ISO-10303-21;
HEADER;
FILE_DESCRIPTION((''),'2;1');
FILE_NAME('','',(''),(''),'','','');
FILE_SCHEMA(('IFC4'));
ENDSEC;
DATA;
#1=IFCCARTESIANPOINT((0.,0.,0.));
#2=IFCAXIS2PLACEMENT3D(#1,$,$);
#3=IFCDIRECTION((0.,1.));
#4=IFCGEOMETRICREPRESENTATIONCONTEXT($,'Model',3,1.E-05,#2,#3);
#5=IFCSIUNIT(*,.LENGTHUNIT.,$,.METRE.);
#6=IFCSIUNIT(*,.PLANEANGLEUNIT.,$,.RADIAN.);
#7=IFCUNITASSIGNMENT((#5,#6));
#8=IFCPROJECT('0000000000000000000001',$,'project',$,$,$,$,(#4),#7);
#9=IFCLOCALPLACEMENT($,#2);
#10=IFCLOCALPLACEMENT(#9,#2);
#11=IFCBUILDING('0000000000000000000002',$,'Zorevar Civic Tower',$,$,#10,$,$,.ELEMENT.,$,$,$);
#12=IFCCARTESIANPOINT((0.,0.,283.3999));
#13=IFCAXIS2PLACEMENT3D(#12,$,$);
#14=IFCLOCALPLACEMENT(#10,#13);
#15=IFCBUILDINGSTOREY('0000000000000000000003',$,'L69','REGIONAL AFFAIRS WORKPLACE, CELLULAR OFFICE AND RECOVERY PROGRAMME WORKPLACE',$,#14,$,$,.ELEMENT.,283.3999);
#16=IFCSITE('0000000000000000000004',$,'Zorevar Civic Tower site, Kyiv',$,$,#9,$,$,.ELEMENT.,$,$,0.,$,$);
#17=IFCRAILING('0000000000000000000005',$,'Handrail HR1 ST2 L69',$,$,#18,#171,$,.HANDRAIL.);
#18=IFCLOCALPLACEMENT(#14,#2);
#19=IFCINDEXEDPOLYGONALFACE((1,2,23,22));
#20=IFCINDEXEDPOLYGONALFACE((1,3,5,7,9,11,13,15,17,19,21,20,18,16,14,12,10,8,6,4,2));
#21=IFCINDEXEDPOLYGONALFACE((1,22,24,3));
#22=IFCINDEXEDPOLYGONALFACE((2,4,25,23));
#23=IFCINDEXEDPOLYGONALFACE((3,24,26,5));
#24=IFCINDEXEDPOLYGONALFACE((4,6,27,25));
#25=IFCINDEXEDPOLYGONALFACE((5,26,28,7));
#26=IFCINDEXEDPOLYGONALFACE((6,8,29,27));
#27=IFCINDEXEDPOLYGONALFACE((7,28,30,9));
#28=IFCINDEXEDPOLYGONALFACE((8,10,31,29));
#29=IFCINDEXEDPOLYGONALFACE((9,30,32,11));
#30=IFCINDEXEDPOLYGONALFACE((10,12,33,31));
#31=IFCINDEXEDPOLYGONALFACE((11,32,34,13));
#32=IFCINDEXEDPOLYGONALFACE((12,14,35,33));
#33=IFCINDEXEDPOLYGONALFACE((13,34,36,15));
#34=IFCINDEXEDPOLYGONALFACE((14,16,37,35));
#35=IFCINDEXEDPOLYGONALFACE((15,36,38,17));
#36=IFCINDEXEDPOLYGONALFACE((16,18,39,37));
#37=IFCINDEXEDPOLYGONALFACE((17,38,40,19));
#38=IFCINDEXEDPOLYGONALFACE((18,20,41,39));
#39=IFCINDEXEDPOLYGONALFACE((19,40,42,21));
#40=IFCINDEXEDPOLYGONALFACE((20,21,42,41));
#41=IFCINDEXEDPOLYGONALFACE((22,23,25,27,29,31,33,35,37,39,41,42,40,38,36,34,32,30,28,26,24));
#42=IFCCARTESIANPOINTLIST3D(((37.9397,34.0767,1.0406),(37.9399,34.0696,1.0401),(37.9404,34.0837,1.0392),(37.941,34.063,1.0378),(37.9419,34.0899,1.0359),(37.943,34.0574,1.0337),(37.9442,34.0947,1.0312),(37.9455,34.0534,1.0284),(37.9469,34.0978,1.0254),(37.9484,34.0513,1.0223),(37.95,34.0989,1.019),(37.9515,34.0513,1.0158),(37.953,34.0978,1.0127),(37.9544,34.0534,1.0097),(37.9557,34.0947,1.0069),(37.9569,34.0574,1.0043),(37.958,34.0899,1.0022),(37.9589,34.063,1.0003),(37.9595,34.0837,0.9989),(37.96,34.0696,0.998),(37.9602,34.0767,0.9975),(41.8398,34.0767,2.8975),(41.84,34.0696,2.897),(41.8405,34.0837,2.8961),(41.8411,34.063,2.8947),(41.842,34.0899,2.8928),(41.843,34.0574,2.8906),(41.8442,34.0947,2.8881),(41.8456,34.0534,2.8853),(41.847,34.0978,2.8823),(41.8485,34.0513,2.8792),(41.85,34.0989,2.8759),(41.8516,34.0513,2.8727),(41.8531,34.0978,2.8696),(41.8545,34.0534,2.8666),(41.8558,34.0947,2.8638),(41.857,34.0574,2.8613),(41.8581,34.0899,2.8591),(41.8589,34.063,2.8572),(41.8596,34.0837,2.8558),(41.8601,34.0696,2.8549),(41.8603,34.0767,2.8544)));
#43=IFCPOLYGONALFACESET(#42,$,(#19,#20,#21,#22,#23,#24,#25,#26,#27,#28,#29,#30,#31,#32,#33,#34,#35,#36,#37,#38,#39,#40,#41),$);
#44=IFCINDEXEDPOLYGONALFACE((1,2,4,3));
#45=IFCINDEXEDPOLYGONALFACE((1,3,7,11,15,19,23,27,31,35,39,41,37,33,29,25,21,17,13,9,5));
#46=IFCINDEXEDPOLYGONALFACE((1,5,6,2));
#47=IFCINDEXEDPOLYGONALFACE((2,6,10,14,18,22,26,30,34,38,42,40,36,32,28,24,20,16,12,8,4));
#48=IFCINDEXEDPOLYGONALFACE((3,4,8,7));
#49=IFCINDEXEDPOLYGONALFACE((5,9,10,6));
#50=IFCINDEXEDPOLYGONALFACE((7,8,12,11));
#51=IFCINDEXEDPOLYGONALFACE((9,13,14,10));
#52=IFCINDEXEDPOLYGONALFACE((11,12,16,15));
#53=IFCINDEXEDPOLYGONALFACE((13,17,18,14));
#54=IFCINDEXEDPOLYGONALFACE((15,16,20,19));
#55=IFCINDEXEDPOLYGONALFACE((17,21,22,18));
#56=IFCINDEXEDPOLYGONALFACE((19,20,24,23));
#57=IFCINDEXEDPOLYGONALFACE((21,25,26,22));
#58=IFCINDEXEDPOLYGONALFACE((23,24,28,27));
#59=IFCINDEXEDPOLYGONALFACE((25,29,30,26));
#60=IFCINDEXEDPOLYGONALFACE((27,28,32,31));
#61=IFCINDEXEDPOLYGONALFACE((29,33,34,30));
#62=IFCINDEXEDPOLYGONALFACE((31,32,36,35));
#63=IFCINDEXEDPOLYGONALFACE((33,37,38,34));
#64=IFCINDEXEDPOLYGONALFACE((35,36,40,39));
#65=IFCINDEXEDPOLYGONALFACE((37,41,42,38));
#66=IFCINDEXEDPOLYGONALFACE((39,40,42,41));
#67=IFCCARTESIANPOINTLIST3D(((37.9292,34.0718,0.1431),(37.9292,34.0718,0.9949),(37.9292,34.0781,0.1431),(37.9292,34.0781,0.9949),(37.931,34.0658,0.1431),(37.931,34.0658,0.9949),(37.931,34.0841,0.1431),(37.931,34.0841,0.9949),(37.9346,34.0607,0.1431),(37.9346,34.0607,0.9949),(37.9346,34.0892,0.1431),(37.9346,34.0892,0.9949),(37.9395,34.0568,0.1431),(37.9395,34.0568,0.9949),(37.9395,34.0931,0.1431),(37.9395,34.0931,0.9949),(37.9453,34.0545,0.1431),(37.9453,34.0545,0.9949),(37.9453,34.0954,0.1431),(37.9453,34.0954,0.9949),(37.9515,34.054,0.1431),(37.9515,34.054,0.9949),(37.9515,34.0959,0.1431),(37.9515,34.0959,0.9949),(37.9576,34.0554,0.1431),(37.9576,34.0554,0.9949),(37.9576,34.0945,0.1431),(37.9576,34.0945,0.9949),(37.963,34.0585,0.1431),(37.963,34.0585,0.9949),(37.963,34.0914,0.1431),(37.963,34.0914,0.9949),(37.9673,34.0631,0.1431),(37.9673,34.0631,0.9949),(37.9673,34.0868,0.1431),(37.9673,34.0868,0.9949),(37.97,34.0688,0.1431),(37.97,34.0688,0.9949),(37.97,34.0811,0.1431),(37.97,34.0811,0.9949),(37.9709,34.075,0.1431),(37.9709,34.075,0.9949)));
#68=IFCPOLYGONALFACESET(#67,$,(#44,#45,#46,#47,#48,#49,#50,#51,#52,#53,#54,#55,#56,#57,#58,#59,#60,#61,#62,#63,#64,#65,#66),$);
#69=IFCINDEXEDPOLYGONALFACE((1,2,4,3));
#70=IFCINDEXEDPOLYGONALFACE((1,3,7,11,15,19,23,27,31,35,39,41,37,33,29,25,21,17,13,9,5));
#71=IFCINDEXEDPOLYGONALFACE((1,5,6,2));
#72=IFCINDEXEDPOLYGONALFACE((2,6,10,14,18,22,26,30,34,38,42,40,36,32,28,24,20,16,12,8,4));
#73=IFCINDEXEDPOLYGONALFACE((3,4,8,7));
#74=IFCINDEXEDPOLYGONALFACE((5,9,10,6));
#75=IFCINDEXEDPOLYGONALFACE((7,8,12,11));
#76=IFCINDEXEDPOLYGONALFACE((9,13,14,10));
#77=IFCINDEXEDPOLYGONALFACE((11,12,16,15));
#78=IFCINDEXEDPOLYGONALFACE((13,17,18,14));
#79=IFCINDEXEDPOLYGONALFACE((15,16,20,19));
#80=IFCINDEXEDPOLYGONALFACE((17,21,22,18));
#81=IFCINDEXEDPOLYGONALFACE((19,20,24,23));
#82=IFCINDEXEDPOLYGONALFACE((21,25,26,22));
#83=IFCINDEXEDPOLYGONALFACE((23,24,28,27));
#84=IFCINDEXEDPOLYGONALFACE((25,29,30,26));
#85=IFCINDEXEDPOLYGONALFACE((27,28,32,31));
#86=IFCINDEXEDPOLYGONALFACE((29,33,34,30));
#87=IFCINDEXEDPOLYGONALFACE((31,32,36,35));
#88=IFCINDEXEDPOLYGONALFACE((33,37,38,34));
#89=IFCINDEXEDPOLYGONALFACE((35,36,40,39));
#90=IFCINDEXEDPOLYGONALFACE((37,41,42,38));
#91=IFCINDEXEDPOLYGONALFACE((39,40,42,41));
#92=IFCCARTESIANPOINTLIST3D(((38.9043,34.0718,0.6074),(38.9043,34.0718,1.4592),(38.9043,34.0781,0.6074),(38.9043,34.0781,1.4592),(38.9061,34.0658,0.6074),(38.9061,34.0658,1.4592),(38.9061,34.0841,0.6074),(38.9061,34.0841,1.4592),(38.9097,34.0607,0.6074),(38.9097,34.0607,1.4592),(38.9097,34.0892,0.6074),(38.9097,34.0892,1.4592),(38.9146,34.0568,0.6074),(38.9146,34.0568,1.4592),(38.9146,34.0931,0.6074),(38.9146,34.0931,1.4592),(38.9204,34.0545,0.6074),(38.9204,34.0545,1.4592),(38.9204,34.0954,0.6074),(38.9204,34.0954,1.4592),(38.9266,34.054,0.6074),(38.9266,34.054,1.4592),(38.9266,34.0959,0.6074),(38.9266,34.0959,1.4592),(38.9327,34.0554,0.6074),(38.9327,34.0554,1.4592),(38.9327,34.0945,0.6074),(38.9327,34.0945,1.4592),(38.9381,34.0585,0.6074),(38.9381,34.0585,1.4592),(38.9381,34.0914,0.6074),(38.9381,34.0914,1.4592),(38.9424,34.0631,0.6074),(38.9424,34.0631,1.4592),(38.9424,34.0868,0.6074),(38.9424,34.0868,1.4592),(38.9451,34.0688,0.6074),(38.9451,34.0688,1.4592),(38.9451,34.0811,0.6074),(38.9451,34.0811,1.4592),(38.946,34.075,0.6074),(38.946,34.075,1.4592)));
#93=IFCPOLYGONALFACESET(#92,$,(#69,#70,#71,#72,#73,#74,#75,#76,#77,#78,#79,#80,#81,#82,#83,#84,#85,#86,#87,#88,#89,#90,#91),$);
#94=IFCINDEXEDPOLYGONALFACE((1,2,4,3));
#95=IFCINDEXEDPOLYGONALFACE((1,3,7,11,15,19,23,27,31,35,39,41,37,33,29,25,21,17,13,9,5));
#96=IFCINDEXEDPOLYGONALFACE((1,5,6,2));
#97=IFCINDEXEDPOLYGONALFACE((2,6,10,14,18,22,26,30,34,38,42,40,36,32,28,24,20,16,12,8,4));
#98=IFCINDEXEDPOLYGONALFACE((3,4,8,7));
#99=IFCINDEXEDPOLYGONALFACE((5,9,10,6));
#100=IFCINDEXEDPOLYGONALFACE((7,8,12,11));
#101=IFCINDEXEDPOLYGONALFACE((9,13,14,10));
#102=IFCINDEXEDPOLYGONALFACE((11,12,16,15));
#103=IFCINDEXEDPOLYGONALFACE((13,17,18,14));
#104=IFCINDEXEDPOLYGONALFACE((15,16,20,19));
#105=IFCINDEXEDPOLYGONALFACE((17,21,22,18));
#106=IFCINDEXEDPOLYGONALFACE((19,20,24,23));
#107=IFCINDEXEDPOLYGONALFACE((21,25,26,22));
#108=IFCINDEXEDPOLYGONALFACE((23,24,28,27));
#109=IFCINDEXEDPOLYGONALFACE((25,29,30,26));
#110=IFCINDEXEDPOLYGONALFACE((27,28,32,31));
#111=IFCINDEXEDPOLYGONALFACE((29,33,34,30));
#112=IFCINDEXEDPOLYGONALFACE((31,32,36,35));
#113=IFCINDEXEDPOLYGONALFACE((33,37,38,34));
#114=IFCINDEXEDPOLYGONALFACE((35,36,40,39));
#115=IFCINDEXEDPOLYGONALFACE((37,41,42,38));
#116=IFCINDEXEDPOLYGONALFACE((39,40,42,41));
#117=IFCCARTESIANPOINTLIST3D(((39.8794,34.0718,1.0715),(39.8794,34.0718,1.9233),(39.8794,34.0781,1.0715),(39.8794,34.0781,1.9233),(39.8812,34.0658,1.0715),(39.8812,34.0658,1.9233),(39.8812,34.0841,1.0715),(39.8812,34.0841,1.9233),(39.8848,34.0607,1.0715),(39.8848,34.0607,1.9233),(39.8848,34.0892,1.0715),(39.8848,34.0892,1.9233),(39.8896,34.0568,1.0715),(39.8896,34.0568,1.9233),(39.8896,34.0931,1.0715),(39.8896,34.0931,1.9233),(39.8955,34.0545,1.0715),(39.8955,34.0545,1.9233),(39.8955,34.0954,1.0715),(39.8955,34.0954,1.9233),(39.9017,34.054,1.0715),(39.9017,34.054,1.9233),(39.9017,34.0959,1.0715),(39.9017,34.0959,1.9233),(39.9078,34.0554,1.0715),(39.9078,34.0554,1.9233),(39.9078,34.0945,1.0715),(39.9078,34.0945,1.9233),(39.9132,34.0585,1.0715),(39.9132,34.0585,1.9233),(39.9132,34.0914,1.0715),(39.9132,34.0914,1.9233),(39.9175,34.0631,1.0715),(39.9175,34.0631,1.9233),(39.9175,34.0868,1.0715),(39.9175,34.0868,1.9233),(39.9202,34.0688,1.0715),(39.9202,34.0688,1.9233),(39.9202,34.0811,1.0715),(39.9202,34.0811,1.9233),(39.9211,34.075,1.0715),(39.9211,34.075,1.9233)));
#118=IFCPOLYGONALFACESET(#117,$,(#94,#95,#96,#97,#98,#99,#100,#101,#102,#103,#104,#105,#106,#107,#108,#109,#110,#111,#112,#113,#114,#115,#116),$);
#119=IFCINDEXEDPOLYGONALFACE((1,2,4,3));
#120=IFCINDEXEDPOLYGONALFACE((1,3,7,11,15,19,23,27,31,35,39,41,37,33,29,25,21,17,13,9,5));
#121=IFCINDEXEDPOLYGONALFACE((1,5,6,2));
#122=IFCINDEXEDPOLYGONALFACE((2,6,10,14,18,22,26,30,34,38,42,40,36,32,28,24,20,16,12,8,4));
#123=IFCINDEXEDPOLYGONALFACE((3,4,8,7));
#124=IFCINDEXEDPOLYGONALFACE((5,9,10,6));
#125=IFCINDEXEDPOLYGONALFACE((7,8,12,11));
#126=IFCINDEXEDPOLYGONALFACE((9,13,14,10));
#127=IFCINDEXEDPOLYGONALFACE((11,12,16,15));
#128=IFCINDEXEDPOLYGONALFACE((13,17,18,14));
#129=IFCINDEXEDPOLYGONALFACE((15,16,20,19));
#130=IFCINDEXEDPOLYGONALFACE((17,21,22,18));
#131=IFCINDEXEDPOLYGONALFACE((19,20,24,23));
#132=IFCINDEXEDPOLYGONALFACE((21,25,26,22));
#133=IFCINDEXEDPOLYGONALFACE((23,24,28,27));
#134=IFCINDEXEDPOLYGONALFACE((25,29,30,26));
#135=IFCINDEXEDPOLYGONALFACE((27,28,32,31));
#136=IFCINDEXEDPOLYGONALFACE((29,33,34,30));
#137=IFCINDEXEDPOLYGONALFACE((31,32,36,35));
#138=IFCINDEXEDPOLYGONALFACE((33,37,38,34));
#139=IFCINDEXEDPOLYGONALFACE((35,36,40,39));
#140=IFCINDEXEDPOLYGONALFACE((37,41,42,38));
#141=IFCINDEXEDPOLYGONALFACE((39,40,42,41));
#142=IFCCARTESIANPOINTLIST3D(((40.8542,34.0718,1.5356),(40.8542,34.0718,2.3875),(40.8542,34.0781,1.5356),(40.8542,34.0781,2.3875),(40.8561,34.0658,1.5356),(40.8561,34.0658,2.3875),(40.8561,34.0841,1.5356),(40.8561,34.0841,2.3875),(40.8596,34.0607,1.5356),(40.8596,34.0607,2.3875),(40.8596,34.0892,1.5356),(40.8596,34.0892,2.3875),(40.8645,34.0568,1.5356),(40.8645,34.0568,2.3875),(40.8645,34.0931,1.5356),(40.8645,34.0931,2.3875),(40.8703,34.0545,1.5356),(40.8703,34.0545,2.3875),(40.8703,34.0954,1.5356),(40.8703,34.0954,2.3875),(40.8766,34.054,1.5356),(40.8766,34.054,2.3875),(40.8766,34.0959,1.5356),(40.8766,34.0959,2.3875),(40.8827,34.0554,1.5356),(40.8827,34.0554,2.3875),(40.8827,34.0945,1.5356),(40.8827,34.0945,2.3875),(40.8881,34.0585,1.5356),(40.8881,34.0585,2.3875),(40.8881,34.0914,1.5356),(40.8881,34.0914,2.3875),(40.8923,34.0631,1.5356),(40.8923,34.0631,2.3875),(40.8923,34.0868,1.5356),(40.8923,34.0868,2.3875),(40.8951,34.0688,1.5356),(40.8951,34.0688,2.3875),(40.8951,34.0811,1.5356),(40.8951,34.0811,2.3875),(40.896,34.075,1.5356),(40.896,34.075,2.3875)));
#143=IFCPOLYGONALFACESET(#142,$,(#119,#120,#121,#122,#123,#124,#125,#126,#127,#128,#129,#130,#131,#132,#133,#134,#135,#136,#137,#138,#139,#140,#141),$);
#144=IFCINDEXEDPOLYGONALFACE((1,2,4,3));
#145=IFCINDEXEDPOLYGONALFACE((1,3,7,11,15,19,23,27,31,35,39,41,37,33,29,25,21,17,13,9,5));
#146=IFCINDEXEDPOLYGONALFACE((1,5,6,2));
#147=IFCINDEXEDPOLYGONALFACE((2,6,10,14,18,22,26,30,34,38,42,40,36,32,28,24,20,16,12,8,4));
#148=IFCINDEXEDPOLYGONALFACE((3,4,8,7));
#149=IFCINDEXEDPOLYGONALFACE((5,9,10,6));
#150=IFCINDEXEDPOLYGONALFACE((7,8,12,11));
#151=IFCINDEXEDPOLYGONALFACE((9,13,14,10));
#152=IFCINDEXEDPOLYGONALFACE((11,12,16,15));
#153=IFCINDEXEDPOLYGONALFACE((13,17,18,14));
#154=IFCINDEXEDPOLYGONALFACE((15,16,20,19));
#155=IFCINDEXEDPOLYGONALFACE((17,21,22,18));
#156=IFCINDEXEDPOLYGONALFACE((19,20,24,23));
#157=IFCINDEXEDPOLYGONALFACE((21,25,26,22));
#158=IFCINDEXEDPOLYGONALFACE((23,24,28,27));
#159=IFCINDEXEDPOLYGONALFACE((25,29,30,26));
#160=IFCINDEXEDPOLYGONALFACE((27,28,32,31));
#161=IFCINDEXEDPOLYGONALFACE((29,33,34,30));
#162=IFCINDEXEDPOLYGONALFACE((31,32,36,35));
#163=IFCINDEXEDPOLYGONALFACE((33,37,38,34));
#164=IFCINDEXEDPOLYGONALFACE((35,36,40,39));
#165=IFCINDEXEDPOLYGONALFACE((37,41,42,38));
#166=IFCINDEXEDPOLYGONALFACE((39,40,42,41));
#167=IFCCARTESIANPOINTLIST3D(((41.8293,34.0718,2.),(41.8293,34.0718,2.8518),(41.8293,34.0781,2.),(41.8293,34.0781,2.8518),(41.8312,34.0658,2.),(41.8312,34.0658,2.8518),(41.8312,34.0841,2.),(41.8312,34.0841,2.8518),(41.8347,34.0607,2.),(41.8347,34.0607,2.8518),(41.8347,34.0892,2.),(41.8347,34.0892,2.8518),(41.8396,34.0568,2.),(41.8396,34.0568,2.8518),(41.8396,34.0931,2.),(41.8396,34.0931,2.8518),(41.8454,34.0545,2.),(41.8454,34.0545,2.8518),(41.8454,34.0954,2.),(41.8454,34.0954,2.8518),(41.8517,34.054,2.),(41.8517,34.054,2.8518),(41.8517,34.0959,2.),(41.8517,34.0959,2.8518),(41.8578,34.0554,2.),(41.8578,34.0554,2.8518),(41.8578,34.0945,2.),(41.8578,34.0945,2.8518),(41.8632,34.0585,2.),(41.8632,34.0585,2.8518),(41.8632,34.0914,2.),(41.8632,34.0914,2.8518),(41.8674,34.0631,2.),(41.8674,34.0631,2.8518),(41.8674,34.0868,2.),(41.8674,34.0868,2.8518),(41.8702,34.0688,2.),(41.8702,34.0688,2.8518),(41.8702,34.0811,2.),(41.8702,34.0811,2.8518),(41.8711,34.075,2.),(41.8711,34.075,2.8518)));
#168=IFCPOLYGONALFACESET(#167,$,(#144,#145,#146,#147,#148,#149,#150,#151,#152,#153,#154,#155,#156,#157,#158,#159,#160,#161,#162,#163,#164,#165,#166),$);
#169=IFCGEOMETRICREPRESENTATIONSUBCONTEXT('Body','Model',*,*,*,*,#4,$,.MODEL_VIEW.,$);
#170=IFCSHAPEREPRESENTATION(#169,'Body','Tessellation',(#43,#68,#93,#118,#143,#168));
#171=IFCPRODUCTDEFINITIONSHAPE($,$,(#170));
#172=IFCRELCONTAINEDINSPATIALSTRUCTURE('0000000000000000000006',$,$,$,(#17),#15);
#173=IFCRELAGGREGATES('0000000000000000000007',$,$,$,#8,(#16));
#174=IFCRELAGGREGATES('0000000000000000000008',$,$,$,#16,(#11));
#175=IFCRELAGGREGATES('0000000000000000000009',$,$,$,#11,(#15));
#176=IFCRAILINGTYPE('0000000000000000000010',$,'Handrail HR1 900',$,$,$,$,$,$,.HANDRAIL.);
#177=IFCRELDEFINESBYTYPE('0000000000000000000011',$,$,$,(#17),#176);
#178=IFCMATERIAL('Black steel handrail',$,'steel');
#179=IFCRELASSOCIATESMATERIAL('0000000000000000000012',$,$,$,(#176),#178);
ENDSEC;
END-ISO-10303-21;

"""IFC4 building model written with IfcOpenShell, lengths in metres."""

from ifc_helpers import new_model, si_unit, direction, frame, origin, origin_2d, place, context, subcontext, project, spatial, circle, extrude, material, type_object, element, save


model = new_model("IFC4")

# Units and contexts
model_context = context("Model", 3, precision=1e-05, world=origin(), true_north=direction((0.0, 1.0)))
body_context = subcontext(model_context, "Body", "Model", "MODEL_VIEW")
ifc_project = project(units=[si_unit("LENGTHUNIT", "METRE"), si_unit("PLANEANGLEUNIT", "RADIAN")], contexts=[model_context])

# Site, building, storey
site_placement = place(None, origin())
site = spatial("IfcSite", under=ifc_project, at=site_placement, Name="Zorevar Civic Tower site, Kyiv", CompositionType="ELEMENT", RefElevation=0.0)
building_placement = place(site_placement, origin())
building = spatial("IfcBuilding", under=site, at=building_placement, Name="Zorevar Civic Tower", CompositionType="ELEMENT")
storey_placement = place(building_placement, frame((0.0, 0.0, 283.3999)))
storey = spatial("IfcBuildingStorey", under=building, at=storey_placement, Name="L69", Description="REGIONAL AFFAIRS WORKPLACE, CELLULAR OFFICE AND RECOVERY PROGRAMME WORKPLACE", CompositionType="ELEMENT", Elevation=283.3999)

# Railing
ifc_material_1 = material(Name="Black steel handrail", Category="steel")
railing_type = type_object("IfcRailingType", Name="Handrail HR1 900", PredefinedType="HANDRAIL", material=ifc_material_1)
railing_1_placement = place(storey_placement, frame((37.95, 34.075, 0.1431)))
element("IfcRailing", 1, at=railing_1_placement, inside=storey, type_object=railing_type, Name="Handrail HR1 ST2 L69", PredefinedType="HANDRAIL", context=body_context, shape_type="SweptSolid", body=[
    extrude(circle(Radius=0.0239, at=origin_2d()), frame((0.0, 0.0, 0.876), z_axis=(0.902886, 0.0, 0.429881), x_axis=(0.0, 1.0, 0.0)), (0.0, 0.0, 1.0), 4.3196),
    extrude(circle(Radius=0.021, at=origin_2d()), origin(), (0.0, 0.0, 1.0), 0.8518),
    extrude(circle(Radius=0.021, at=origin_2d()), frame((0.9751, 0.0, 0.4644)), (0.0, 0.0, 1.0), 0.8518),
    extrude(circle(Radius=0.021, at=origin_2d()), frame((1.9502, 0.0, 0.9285)), (0.0, 0.0, 1.0), 0.8518),
    extrude(circle(Radius=0.021, at=origin_2d()), frame((2.925, 0.0, 1.3926)), (0.0, 0.0, 1.0), 0.8518),
    extrude(circle(Radius=0.021, at=origin_2d()), frame((3.9001, 0.0, 1.8569)), (0.0, 0.0, 1.0), 0.8518),
])

save(model, "model.ifc")
